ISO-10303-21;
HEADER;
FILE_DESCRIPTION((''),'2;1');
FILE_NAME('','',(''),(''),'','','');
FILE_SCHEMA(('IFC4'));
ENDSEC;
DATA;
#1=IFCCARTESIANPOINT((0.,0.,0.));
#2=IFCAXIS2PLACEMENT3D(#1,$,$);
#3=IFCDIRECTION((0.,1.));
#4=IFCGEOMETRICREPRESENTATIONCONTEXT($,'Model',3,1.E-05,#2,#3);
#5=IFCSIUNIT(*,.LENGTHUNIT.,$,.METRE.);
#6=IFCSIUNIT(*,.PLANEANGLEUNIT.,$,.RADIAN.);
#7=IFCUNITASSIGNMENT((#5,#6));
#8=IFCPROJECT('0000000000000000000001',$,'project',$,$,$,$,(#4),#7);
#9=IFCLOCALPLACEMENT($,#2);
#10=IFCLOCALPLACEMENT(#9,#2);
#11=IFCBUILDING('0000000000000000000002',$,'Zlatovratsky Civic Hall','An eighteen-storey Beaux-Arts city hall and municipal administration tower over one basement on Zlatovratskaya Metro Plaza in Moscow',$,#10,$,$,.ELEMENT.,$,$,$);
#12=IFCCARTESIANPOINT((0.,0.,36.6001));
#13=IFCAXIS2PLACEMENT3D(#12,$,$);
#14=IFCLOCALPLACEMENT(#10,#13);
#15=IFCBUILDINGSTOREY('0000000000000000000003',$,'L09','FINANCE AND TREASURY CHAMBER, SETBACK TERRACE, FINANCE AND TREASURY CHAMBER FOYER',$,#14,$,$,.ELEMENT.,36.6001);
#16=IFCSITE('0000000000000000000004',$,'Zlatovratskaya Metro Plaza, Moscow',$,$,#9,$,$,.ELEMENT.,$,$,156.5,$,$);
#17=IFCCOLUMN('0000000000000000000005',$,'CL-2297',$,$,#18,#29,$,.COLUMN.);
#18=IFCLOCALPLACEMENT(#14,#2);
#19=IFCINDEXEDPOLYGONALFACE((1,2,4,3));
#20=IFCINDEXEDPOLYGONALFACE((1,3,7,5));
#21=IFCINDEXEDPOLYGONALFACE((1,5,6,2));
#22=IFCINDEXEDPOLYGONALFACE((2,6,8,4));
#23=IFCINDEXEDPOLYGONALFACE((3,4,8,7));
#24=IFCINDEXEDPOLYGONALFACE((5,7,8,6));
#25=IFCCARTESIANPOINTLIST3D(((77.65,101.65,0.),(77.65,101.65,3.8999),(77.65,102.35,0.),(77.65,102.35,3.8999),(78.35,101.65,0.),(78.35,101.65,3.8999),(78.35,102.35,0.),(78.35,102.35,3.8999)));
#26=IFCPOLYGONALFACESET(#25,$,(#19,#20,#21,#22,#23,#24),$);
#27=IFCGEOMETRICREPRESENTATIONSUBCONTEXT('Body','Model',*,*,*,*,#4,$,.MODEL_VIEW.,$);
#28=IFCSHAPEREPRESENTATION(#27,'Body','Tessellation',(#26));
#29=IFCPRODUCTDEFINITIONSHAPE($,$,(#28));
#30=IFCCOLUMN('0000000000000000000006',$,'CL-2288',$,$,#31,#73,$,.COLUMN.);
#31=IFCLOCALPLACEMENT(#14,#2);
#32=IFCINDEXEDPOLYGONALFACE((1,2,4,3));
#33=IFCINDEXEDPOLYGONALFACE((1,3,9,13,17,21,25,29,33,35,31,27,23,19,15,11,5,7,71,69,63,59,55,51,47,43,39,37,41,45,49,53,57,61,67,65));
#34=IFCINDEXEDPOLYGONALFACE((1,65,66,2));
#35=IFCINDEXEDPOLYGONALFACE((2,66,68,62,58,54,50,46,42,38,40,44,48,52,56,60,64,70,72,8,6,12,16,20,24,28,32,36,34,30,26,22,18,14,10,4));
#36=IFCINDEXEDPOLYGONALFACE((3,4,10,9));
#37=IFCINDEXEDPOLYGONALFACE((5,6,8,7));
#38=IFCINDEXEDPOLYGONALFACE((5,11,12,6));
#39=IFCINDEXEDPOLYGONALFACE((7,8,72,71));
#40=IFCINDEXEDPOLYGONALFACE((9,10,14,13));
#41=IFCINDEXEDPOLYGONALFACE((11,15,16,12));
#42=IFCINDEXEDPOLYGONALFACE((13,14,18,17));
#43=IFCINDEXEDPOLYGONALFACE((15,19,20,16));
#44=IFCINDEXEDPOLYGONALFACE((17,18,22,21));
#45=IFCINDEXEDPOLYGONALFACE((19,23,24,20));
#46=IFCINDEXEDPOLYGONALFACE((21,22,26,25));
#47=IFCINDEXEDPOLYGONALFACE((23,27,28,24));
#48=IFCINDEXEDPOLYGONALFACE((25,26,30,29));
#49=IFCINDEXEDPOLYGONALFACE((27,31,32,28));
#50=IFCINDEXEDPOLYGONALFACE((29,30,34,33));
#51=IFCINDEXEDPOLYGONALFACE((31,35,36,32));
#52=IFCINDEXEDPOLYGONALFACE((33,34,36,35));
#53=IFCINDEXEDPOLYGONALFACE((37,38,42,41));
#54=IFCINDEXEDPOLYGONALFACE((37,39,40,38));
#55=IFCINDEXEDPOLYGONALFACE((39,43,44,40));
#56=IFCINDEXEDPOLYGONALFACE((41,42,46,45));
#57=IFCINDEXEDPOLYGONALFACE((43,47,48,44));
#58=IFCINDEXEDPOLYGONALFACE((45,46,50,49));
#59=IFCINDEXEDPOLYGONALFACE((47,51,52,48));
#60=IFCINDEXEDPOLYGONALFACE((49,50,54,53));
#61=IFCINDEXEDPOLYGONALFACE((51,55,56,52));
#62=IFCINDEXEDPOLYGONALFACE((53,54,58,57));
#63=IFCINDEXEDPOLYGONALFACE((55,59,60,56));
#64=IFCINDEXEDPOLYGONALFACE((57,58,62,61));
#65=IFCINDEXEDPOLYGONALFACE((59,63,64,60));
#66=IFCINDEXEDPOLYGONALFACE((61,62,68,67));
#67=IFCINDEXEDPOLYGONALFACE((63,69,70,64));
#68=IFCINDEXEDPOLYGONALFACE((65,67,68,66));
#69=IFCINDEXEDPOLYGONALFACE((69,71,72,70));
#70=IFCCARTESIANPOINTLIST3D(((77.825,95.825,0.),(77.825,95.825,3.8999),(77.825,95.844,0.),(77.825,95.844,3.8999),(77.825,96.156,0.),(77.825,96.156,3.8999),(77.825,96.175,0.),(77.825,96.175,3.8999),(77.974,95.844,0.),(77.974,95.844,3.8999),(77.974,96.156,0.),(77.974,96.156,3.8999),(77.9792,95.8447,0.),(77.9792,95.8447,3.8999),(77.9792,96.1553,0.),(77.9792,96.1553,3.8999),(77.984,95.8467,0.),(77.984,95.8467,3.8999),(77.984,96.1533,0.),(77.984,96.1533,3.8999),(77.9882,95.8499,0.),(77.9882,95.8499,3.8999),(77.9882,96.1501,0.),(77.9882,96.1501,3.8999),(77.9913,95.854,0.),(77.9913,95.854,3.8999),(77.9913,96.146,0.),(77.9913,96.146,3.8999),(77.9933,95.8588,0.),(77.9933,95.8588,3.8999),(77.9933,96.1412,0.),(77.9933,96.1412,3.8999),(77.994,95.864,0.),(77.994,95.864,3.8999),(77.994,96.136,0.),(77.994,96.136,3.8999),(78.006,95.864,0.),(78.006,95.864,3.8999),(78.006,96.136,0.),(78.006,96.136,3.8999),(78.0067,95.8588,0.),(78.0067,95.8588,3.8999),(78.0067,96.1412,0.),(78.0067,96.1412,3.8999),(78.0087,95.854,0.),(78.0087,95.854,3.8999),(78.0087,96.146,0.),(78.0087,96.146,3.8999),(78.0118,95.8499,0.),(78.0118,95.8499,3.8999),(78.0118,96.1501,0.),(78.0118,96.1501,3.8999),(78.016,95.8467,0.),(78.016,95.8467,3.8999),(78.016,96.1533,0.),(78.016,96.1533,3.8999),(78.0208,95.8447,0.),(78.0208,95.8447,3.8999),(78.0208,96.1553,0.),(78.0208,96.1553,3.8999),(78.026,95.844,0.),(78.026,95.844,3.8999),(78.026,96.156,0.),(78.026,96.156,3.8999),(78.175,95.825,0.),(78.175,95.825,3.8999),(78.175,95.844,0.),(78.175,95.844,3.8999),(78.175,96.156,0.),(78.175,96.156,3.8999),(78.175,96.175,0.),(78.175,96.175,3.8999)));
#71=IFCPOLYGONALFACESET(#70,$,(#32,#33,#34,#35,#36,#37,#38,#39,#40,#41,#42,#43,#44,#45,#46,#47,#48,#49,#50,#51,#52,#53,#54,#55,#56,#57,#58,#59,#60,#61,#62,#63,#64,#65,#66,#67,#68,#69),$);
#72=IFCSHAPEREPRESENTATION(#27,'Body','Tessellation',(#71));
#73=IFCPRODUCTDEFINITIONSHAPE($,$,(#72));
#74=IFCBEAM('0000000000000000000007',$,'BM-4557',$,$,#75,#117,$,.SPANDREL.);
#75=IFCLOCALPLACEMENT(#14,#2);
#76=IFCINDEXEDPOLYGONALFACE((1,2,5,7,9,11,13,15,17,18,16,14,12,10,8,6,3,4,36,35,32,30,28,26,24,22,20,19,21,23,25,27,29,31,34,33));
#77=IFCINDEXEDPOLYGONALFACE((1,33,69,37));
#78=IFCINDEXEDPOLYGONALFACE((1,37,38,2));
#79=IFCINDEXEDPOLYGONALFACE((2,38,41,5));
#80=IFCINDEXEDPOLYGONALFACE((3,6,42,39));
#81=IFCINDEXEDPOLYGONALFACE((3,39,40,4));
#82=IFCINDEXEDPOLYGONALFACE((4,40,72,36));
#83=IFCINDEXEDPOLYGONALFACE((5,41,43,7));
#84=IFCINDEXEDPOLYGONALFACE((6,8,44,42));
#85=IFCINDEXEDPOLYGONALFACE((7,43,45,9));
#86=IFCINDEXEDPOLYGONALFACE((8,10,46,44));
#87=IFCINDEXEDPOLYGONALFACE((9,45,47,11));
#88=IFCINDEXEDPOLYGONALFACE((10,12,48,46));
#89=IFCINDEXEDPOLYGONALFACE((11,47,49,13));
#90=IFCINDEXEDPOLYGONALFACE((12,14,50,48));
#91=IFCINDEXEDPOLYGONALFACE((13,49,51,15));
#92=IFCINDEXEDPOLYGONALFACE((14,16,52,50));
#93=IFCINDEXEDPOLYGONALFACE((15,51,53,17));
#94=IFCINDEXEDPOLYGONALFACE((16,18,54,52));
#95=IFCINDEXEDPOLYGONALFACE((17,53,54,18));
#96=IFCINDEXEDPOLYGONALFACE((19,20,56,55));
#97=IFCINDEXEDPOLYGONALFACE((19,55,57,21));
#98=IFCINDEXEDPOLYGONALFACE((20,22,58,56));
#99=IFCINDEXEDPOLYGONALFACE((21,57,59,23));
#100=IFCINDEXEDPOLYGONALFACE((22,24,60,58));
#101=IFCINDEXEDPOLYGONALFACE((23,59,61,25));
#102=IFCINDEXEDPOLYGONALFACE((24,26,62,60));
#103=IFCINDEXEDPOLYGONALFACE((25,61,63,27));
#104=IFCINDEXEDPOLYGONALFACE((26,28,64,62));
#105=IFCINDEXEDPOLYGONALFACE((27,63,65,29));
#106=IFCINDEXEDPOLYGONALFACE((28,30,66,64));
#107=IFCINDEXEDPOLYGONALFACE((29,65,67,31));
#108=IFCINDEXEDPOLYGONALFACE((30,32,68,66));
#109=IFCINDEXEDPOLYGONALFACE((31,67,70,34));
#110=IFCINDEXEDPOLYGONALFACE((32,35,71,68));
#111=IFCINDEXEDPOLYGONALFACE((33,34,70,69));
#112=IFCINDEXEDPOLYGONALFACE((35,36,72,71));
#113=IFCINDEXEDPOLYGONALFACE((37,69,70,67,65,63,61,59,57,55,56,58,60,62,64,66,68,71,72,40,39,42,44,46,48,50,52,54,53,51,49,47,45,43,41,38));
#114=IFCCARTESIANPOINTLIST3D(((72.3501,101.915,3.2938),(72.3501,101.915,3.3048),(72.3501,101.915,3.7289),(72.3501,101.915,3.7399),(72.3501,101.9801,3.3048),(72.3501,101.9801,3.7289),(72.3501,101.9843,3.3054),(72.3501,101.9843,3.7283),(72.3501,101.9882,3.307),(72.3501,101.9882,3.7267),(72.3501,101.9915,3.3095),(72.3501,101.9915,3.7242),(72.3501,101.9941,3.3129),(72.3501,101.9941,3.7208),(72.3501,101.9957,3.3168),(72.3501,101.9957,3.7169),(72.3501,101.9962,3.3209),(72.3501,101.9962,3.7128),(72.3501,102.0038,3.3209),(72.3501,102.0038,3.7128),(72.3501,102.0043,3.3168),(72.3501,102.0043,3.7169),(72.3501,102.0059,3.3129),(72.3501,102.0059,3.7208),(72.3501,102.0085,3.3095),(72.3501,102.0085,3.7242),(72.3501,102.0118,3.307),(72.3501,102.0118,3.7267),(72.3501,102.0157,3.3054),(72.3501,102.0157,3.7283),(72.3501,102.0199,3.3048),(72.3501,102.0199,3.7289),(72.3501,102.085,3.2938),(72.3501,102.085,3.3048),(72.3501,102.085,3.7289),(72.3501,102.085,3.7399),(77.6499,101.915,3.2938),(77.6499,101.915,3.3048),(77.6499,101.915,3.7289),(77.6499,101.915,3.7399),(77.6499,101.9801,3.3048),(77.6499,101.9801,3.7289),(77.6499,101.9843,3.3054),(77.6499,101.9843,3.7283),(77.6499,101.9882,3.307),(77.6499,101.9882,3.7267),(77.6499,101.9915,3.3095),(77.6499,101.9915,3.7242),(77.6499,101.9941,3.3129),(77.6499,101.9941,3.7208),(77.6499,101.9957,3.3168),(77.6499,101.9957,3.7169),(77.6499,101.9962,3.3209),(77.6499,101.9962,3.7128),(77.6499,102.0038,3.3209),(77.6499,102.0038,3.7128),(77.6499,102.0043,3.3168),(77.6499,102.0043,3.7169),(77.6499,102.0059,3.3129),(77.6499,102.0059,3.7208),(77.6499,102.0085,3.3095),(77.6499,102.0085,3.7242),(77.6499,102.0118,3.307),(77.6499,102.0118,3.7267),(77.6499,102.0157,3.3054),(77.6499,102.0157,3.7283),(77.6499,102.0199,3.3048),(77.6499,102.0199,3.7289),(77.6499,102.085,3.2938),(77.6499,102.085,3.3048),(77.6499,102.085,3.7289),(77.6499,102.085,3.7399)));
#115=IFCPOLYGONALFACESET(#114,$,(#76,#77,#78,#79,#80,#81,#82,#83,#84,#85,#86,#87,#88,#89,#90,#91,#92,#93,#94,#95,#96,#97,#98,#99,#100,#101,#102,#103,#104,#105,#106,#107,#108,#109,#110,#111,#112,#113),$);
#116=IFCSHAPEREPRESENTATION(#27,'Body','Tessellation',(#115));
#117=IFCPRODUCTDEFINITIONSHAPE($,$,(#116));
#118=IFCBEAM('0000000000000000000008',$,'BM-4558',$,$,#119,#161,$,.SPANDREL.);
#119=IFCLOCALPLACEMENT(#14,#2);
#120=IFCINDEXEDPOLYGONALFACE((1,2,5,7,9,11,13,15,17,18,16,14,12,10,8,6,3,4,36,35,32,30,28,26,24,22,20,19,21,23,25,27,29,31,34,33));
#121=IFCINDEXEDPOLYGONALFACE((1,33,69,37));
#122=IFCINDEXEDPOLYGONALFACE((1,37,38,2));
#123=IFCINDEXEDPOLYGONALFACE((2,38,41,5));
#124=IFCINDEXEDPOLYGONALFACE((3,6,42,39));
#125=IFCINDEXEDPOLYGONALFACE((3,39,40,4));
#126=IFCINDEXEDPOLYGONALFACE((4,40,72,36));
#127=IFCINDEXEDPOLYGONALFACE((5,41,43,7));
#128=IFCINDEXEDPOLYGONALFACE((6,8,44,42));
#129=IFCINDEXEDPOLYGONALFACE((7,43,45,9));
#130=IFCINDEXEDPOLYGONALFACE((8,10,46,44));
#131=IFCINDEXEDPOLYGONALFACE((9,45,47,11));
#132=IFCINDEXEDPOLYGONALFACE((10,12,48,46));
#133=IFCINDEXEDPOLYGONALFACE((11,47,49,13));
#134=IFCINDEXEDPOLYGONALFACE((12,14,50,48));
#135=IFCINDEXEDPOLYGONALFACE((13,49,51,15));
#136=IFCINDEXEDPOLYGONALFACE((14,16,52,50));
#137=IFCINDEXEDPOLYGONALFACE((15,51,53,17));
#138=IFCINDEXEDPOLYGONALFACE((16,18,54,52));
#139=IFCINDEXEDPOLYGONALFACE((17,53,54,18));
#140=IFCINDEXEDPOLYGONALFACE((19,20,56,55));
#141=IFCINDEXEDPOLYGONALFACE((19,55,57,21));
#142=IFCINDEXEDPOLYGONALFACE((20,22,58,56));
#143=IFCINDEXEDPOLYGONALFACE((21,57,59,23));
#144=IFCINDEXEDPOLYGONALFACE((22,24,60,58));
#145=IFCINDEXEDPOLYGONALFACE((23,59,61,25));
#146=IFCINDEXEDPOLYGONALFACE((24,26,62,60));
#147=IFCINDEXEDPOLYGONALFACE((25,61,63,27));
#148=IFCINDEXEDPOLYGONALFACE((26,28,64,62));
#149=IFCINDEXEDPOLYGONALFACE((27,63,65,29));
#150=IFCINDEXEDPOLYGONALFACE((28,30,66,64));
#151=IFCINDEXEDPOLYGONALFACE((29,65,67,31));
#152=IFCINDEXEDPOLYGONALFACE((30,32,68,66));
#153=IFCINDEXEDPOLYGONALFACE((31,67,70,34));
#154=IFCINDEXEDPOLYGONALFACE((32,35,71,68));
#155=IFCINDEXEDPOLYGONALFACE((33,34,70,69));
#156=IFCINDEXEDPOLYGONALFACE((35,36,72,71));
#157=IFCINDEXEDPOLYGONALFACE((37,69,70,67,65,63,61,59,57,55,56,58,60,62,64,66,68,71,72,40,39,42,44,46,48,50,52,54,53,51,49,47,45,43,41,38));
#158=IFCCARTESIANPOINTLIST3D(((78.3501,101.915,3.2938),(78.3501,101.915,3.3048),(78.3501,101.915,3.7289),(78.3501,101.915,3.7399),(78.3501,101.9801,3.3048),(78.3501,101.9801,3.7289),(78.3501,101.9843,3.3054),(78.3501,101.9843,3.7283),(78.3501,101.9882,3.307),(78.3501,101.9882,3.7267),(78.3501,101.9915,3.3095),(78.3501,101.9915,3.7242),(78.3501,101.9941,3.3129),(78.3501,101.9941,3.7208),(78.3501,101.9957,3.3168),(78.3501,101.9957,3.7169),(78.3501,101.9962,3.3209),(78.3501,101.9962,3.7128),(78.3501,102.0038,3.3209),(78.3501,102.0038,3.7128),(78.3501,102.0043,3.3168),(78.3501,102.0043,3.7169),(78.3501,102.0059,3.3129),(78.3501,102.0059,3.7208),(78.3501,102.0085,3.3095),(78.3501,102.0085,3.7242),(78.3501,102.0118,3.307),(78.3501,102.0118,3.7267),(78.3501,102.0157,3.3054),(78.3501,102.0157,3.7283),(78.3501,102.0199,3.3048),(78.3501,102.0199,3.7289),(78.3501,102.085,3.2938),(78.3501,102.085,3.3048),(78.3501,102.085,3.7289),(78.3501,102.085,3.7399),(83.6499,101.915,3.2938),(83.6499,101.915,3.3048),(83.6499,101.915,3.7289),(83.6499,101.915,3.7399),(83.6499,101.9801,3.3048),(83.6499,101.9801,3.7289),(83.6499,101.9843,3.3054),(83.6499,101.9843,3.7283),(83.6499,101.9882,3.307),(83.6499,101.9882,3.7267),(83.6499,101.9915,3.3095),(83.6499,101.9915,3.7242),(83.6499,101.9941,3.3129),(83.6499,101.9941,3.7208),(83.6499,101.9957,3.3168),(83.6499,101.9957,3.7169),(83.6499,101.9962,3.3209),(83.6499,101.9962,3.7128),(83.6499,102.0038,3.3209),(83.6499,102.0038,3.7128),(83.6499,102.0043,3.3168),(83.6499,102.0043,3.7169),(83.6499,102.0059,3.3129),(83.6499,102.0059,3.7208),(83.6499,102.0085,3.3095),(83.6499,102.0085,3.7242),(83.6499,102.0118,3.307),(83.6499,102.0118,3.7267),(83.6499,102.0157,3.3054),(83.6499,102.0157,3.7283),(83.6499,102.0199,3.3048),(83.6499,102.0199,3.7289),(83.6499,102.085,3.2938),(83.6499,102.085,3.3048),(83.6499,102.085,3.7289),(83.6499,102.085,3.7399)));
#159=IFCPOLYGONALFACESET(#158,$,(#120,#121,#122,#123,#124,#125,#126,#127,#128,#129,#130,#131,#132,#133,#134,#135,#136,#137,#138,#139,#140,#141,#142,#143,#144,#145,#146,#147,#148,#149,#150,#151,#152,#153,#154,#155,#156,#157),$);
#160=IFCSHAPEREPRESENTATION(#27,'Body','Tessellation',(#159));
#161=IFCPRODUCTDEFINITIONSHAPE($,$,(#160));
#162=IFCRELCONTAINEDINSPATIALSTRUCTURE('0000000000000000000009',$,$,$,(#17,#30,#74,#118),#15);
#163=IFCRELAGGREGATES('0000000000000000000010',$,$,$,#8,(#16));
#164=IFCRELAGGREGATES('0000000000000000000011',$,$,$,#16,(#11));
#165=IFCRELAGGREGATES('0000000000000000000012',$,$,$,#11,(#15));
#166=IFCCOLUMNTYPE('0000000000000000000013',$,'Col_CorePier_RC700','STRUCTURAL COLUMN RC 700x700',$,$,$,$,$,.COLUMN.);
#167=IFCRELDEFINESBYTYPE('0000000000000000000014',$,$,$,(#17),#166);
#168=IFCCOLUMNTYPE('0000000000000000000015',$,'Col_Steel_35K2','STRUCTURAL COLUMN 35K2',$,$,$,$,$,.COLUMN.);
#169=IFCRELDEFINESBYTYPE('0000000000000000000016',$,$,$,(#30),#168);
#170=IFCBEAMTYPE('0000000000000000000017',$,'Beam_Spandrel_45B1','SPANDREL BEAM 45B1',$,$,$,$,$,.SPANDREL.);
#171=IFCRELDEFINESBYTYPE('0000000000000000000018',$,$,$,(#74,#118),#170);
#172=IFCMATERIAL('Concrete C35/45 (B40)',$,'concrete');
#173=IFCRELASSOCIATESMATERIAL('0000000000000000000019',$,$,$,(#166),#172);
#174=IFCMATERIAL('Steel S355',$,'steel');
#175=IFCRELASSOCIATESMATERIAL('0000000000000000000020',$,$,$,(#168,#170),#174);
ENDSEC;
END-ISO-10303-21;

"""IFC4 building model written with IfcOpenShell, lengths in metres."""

from ifc_helpers import new_model, si_unit, direction, frame, origin, origin_2d, place, context, subcontext, project, spatial, rectangle, i_section, extrude, material, material_profile, profile_set, type_object, element, save


model = new_model("IFC4")

# Units and contexts
model_context = context("Model", 3, precision=1e-05, world=origin(), true_north=direction((0.0, 1.0)))
body_context = subcontext(model_context, "Body", "Model", "MODEL_VIEW")
ifc_project = project(units=[si_unit("LENGTHUNIT", "METRE"), si_unit("PLANEANGLEUNIT", "RADIAN")], contexts=[model_context])

# Site, building, storey
site_placement = place(None, origin())
site = spatial("IfcSite", under=ifc_project, at=site_placement, Name="Zlatovratskaya Metro Plaza, Moscow", CompositionType="ELEMENT", RefElevation=156.5)
building_placement = place(site_placement, origin())
building = spatial("IfcBuilding", under=site, at=building_placement, Name="Zlatovratsky Civic Hall", Description="An eighteen-storey Beaux-Arts city hall and municipal administration tower over one basement on Zlatovratskaya Metro Plaza in Moscow", CompositionType="ELEMENT")
storey_placement = place(building_placement, frame((0.0, 0.0, 36.6001)))
storey = spatial("IfcBuildingStorey", under=building, at=storey_placement, Name="L09", Description="FINANCE AND TREASURY CHAMBER, SETBACK TERRACE, FINANCE AND TREASURY CHAMBER FOYER", CompositionType="ELEMENT", Elevation=36.6001)

# Columns
ifc_material_1 = material(Name="Concrete C35/45 (B40)", Category="concrete")
ifc_material_profile_1 = material_profile(ifc_material_1, rectangle(XDim=0.7, YDim=0.7, at=origin_2d()), Name="RC 700x700")
ifc_profile_set_1 = profile_set([ifc_material_profile_1], Name="Concrete C35/45 (B40)")
column_type_1 = type_object("IfcColumnType", Name="Col_CorePier_RC700", Description="STRUCTURAL COLUMN RC 700x700", PredefinedType="COLUMN", material=ifc_profile_set_1)
column_1_placement = place(storey_placement, frame((78.0, 102.0, 0.0), z_axis=(0.0, 0.0, 1.0), x_axis=(1.0, 0.0, 0.0)))
element("IfcColumn", 1, at=column_1_placement, inside=storey, type_object=column_type_1, Name="CL-2297", PredefinedType="COLUMN", context=body_context, shape_type="SweptSolid", body=[
    extrude(rectangle(XDim=0.7, YDim=0.7, at=origin_2d()), origin(), (0.0, 0.0, 1.0), 3.8999),
])
ifc_material_2 = material(Name="Steel S355", Category="steel")
ifc_material_profile_2 = material_profile(ifc_material_2, i_section(OverallWidth=0.3501, OverallDepth=0.3501, WebThickness=0.012, FlangeThickness=0.019, FilletRadius=0.02, at=origin_2d()), Name="35K2")
ifc_profile_set_2 = profile_set([ifc_material_profile_2], Name="Steel S355")
column_type_2 = type_object("IfcColumnType", Name="Col_Steel_35K2", Description="STRUCTURAL COLUMN 35K2", PredefinedType="COLUMN", material=ifc_profile_set_2)
column_2_placement = place(storey_placement, frame((78.0, 96.0, 0.0), z_axis=(0.0, 0.0, 1.0), x_axis=(1.0, 0.0, 0.0)))
element("IfcColumn", 2, at=column_2_placement, inside=storey, type_object=column_type_2, Name="CL-2288", PredefinedType="COLUMN", context=body_context, shape_type="SweptSolid", body=[
    extrude(i_section(OverallWidth=0.3501, OverallDepth=0.3501, WebThickness=0.012, FlangeThickness=0.019, FilletRadius=0.02, at=origin_2d()), origin(), (0.0, 0.0, 1.0), 3.8999),
])

# Beams
ifc_material_profile_3 = material_profile(ifc_material_2, i_section(OverallWidth=0.1699, OverallDepth=0.446, WebThickness=0.0076, FlangeThickness=0.011, FilletRadius=0.0161, at=origin_2d()), Name="45B1")
ifc_profile_set_3 = profile_set([ifc_material_profile_3], Name="Steel S355")
beam_type_1 = type_object("IfcBeamType", Name="Beam_Spandrel_45B1", Description="SPANDREL BEAM 45B1", PredefinedType="SPANDREL", material=ifc_profile_set_3)
for number, where, z_axis, x_axis, name in (
    (3, (72.3501, 102.0, 3.5168), (1.0, 0.0, 0.0), (0.0, 1.0, 0.0), "BM-4557"),
    (4, (78.3501, 102.0, 3.5168), (1.0, 0.0, 0.0), (0.0, 1.0, 0.0), "BM-4558"),
):
    element("IfcBeam", number, at=place(storey_placement, frame(where, z_axis=z_axis, x_axis=x_axis)), inside=storey, type_object=beam_type_1, Name=name, PredefinedType="SPANDREL", context=body_context, shape_type="SweptSolid", body=[
        extrude(i_section(OverallWidth=0.1699, OverallDepth=0.446, WebThickness=0.0076, FlangeThickness=0.011, FilletRadius=0.0161, at=origin_2d()), origin(), (0.0, 0.0, 1.0), 5.2998),
    ])

save(model, "model.ifc")
